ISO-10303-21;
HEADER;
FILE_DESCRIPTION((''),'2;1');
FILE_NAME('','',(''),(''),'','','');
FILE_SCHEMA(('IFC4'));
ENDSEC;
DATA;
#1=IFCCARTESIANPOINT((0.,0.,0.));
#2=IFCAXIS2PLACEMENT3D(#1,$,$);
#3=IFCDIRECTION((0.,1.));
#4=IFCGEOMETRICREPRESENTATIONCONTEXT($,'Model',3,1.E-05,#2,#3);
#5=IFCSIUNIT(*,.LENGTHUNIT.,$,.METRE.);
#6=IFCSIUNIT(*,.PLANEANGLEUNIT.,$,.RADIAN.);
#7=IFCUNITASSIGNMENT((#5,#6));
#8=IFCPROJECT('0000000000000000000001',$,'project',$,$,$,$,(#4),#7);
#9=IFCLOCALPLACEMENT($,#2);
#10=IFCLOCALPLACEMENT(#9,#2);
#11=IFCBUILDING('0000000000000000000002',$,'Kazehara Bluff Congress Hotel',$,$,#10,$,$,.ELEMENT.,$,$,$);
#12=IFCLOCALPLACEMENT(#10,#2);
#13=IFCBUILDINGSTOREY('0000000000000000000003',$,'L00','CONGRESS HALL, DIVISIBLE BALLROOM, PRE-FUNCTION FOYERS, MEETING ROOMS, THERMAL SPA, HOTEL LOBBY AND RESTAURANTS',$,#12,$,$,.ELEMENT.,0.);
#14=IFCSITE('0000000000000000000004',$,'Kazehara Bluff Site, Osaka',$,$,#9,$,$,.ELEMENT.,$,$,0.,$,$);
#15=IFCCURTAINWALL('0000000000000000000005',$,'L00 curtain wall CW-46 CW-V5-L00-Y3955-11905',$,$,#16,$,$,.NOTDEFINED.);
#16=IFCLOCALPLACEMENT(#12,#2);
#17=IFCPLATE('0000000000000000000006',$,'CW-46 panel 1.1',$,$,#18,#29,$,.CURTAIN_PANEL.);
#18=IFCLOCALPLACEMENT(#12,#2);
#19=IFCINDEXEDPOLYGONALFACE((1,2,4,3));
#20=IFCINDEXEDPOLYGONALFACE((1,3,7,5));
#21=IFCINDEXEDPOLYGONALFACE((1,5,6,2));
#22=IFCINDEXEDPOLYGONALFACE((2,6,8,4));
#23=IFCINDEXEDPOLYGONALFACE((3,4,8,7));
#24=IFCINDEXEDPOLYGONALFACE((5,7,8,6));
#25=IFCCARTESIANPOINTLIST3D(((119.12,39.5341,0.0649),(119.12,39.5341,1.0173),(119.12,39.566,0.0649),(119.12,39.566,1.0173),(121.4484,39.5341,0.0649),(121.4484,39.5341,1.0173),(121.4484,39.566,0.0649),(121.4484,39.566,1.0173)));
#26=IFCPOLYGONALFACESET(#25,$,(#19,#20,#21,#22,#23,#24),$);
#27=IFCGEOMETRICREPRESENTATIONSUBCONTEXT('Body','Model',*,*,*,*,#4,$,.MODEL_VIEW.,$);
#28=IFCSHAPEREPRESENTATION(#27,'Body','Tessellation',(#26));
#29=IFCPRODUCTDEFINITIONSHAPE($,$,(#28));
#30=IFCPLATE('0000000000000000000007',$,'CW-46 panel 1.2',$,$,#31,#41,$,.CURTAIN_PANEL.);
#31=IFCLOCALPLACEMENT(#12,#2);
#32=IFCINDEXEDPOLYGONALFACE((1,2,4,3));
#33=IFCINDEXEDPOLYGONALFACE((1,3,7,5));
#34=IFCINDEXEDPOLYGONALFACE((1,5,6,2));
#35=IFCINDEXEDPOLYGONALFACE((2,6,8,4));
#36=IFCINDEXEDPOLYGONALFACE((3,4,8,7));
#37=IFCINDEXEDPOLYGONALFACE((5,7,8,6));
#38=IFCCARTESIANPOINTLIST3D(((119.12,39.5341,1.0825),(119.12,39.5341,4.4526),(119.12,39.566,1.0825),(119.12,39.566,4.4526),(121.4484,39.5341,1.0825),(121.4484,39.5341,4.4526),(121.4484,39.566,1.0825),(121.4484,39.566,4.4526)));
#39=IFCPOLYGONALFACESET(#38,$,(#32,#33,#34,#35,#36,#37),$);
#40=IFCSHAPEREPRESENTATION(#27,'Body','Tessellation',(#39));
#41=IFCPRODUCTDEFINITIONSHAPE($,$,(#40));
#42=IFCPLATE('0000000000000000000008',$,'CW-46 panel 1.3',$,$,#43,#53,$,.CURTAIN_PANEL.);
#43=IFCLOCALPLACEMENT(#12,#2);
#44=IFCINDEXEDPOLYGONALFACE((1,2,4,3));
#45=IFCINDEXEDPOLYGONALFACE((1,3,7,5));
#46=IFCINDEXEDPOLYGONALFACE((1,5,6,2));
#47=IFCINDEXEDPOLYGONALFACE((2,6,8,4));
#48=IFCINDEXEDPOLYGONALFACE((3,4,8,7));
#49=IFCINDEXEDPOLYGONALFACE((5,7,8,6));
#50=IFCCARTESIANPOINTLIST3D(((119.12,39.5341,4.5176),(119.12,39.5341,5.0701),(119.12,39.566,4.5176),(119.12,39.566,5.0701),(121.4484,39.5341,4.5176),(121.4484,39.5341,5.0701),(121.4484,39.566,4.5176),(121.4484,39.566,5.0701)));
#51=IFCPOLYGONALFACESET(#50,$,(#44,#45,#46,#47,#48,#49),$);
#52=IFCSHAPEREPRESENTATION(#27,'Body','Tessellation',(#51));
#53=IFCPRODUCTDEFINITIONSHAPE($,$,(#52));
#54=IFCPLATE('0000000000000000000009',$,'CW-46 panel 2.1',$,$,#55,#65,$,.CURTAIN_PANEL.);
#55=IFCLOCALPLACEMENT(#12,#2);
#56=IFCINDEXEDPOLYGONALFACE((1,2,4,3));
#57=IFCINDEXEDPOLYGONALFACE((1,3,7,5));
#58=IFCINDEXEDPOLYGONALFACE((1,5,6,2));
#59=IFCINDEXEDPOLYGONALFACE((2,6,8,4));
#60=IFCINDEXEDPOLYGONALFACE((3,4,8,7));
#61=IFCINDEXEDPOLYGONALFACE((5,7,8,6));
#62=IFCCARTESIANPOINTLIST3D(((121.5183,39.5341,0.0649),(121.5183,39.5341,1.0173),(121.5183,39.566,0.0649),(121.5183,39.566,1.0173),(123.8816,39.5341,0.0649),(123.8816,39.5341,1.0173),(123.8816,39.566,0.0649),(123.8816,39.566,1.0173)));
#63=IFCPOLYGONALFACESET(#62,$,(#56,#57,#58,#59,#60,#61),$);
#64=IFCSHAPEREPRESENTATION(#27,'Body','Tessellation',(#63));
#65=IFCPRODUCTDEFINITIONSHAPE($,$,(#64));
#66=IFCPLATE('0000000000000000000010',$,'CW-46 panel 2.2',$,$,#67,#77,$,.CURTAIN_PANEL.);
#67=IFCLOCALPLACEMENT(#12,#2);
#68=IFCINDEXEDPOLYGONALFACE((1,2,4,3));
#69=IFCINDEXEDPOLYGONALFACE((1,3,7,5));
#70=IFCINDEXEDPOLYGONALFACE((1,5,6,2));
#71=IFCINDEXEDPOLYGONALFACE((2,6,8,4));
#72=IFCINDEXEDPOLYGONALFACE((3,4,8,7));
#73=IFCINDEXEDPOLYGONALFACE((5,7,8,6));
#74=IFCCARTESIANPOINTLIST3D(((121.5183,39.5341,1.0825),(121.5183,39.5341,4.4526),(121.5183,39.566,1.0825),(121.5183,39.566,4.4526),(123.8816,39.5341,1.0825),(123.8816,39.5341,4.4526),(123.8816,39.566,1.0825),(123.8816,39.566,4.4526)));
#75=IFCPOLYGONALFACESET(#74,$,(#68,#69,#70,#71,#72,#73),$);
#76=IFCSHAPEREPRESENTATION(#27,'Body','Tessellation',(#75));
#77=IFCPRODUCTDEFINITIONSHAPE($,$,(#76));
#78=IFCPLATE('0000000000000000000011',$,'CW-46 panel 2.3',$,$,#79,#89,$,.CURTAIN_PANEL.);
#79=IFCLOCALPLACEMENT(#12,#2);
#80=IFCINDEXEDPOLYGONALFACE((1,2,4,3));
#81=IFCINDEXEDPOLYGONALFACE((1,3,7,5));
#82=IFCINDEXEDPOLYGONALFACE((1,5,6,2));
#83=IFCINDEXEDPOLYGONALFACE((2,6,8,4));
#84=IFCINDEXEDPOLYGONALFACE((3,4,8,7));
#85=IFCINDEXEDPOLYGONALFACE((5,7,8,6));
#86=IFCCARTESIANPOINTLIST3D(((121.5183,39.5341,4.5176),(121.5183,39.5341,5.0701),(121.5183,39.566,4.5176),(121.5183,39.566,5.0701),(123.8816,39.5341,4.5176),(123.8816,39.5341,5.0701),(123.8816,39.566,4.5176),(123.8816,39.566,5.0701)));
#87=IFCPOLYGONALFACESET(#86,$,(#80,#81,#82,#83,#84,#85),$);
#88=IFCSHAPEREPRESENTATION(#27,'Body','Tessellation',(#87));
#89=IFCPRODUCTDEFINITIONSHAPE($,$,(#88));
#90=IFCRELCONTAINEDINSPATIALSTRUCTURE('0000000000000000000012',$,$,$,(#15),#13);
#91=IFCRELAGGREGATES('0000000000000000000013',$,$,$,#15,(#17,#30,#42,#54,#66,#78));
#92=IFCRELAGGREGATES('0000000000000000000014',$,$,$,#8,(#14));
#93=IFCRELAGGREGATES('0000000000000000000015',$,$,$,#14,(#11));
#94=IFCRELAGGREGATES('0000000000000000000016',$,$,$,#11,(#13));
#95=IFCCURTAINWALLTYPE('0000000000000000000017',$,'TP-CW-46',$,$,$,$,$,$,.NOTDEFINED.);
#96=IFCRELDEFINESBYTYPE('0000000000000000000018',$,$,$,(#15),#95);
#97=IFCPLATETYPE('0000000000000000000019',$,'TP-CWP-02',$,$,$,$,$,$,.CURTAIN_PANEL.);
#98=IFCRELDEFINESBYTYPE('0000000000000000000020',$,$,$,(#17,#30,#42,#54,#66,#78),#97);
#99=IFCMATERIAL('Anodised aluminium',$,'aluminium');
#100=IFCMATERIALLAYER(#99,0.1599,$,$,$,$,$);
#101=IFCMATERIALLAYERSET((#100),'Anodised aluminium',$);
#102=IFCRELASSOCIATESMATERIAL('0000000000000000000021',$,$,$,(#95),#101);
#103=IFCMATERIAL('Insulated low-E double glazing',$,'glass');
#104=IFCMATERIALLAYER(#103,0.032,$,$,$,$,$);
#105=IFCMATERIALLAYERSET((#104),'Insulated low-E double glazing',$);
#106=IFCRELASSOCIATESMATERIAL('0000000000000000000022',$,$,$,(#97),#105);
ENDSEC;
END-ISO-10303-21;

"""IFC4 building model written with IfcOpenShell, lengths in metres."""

from ifc_helpers import new_model, si_unit, direction, frame, origin, origin_2d, place, context, subcontext, project, spatial, rectangle, extrude, material, layer, layer_set, type_object, element, aggregate, save


model = new_model("IFC4")

# Units and contexts
model_context = context("Model", 3, precision=1e-05, world=origin(), true_north=direction((0.0, 1.0)))
body_context = subcontext(model_context, "Body", "Model", "MODEL_VIEW")
ifc_project = project(units=[si_unit("LENGTHUNIT", "METRE"), si_unit("PLANEANGLEUNIT", "RADIAN")], contexts=[model_context])

# Site, building, storey
site_placement = place(None, origin())
site = spatial("IfcSite", under=ifc_project, at=site_placement, Name="Kazehara Bluff Site, Osaka", CompositionType="ELEMENT", RefElevation=0.0)
building_placement = place(site_placement, origin())
building = spatial("IfcBuilding", under=site, at=building_placement, Name="Kazehara Bluff Congress Hotel", CompositionType="ELEMENT")
storey_placement = place(building_placement, origin())
storey = spatial("IfcBuildingStorey", under=building, at=storey_placement, Name="L00", Description="CONGRESS HALL, DIVISIBLE BALLROOM, PRE-FUNCTION FOYERS, MEETING ROOMS, THERMAL SPA, HOTEL LOBBY AND RESTAURANTS", CompositionType="ELEMENT", Elevation=0.0)

# Curtain wall
ifc_material_1 = material(Name="Anodised aluminium", Category="aluminium")
ifc_layer_1 = layer(ifc_material_1, 0.1599)
ifc_layer_set_1 = layer_set([ifc_layer_1], Name="Anodised aluminium")
curtain_wall_type = type_object("IfcCurtainWallType", Name="TP-CW-46", PredefinedType="NOTDEFINED", material=ifc_layer_set_1)
curtain_wall_placement = place(storey_placement, origin())
curtain_wall = element("IfcCurtainWall", 1, at=curtain_wall_placement, inside=storey, type_object=curtain_wall_type, Name="L00 curtain wall CW-46 CW-V5-L00-Y3955-11905", PredefinedType="NOTDEFINED")

# Plates
ifc_material_2 = material(Name="Insulated low-E double glazing", Category="glass")
ifc_layer_2 = layer(ifc_material_2, 0.032)
ifc_layer_set_2 = layer_set([ifc_layer_2], Name="Insulated low-E double glazing")
plate_type = type_object("IfcPlateType", Name="TP-CWP-02", PredefinedType="CURTAIN_PANEL", material=ifc_layer_set_2)
plate_1_placement = place(storey_placement, frame((120.2842, 39.55, 0.0649), z_axis=(0.0, 0.0, 1.0), x_axis=(1.0, 0.0, 0.0)))
plate_1 = element("IfcPlate", 2, at=plate_1_placement, type_object=plate_type, Name="CW-46 panel 1.1", PredefinedType="CURTAIN_PANEL", context=body_context, shape_type="SweptSolid", body=[
    extrude(rectangle(XDim=2.3284, YDim=0.032, at=origin_2d()), origin(), (0.0, 0.0, 1.0), 0.9524),
])
plate_2_placement = place(storey_placement, frame((120.2842, 39.55, 1.0825), z_axis=(0.0, 0.0, 1.0), x_axis=(1.0, 0.0, 0.0)))
plate_2 = element("IfcPlate", 3, at=plate_2_placement, type_object=plate_type, Name="CW-46 panel 1.2", PredefinedType="CURTAIN_PANEL", context=body_context, shape_type="SweptSolid", body=[
    extrude(rectangle(XDim=2.3284, YDim=0.032, at=origin_2d()), origin(), (0.0, 0.0, 1.0), 3.3701),
])
plate_3_placement = place(storey_placement, frame((120.2842, 39.55, 4.5176), z_axis=(0.0, 0.0, 1.0), x_axis=(1.0, 0.0, 0.0)))
plate_3 = element("IfcPlate", 4, at=plate_3_placement, type_object=plate_type, Name="CW-46 panel 1.3", PredefinedType="CURTAIN_PANEL", context=body_context, shape_type="SweptSolid", body=[
    extrude(rectangle(XDim=2.3284, YDim=0.032, at=origin_2d()), origin(), (0.0, 0.0, 1.0), 0.5525),
])
plate_4_placement = place(storey_placement, frame((122.7, 39.55, 0.0649), z_axis=(0.0, 0.0, 1.0), x_axis=(1.0, 0.0, 0.0)))
plate_4 = element("IfcPlate", 5, at=plate_4_placement, type_object=plate_type, Name="CW-46 panel 2.1", PredefinedType="CURTAIN_PANEL", context=body_context, shape_type="SweptSolid", body=[
    extrude(rectangle(XDim=2.3633, YDim=0.032, at=origin_2d()), origin(), (0.0, 0.0, 1.0), 0.9524),
])
plate_5_placement = place(storey_placement, frame((122.7, 39.55, 1.0825), z_axis=(0.0, 0.0, 1.0), x_axis=(1.0, 0.0, 0.0)))
plate_5 = element("IfcPlate", 6, at=plate_5_placement, type_object=plate_type, Name="CW-46 panel 2.2", PredefinedType="CURTAIN_PANEL", context=body_context, shape_type="SweptSolid", body=[
    extrude(rectangle(XDim=2.3633, YDim=0.032, at=origin_2d()), origin(), (0.0, 0.0, 1.0), 3.3701),
])
plate_6_placement = place(storey_placement, frame((122.7, 39.55, 4.5176), z_axis=(0.0, 0.0, 1.0), x_axis=(1.0, 0.0, 0.0)))
plate_6 = element("IfcPlate", 7, at=plate_6_placement, type_object=plate_type, Name="CW-46 panel 2.3", PredefinedType="CURTAIN_PANEL", context=body_context, shape_type="SweptSolid", body=[
    extrude(rectangle(XDim=2.3633, YDim=0.032, at=origin_2d()), origin(), (0.0, 0.0, 1.0), 0.5525),
])
aggregate(curtain_wall, [plate_1, plate_2, plate_3, plate_4, plate_5, plate_6])

save(model, "model.ifc")
